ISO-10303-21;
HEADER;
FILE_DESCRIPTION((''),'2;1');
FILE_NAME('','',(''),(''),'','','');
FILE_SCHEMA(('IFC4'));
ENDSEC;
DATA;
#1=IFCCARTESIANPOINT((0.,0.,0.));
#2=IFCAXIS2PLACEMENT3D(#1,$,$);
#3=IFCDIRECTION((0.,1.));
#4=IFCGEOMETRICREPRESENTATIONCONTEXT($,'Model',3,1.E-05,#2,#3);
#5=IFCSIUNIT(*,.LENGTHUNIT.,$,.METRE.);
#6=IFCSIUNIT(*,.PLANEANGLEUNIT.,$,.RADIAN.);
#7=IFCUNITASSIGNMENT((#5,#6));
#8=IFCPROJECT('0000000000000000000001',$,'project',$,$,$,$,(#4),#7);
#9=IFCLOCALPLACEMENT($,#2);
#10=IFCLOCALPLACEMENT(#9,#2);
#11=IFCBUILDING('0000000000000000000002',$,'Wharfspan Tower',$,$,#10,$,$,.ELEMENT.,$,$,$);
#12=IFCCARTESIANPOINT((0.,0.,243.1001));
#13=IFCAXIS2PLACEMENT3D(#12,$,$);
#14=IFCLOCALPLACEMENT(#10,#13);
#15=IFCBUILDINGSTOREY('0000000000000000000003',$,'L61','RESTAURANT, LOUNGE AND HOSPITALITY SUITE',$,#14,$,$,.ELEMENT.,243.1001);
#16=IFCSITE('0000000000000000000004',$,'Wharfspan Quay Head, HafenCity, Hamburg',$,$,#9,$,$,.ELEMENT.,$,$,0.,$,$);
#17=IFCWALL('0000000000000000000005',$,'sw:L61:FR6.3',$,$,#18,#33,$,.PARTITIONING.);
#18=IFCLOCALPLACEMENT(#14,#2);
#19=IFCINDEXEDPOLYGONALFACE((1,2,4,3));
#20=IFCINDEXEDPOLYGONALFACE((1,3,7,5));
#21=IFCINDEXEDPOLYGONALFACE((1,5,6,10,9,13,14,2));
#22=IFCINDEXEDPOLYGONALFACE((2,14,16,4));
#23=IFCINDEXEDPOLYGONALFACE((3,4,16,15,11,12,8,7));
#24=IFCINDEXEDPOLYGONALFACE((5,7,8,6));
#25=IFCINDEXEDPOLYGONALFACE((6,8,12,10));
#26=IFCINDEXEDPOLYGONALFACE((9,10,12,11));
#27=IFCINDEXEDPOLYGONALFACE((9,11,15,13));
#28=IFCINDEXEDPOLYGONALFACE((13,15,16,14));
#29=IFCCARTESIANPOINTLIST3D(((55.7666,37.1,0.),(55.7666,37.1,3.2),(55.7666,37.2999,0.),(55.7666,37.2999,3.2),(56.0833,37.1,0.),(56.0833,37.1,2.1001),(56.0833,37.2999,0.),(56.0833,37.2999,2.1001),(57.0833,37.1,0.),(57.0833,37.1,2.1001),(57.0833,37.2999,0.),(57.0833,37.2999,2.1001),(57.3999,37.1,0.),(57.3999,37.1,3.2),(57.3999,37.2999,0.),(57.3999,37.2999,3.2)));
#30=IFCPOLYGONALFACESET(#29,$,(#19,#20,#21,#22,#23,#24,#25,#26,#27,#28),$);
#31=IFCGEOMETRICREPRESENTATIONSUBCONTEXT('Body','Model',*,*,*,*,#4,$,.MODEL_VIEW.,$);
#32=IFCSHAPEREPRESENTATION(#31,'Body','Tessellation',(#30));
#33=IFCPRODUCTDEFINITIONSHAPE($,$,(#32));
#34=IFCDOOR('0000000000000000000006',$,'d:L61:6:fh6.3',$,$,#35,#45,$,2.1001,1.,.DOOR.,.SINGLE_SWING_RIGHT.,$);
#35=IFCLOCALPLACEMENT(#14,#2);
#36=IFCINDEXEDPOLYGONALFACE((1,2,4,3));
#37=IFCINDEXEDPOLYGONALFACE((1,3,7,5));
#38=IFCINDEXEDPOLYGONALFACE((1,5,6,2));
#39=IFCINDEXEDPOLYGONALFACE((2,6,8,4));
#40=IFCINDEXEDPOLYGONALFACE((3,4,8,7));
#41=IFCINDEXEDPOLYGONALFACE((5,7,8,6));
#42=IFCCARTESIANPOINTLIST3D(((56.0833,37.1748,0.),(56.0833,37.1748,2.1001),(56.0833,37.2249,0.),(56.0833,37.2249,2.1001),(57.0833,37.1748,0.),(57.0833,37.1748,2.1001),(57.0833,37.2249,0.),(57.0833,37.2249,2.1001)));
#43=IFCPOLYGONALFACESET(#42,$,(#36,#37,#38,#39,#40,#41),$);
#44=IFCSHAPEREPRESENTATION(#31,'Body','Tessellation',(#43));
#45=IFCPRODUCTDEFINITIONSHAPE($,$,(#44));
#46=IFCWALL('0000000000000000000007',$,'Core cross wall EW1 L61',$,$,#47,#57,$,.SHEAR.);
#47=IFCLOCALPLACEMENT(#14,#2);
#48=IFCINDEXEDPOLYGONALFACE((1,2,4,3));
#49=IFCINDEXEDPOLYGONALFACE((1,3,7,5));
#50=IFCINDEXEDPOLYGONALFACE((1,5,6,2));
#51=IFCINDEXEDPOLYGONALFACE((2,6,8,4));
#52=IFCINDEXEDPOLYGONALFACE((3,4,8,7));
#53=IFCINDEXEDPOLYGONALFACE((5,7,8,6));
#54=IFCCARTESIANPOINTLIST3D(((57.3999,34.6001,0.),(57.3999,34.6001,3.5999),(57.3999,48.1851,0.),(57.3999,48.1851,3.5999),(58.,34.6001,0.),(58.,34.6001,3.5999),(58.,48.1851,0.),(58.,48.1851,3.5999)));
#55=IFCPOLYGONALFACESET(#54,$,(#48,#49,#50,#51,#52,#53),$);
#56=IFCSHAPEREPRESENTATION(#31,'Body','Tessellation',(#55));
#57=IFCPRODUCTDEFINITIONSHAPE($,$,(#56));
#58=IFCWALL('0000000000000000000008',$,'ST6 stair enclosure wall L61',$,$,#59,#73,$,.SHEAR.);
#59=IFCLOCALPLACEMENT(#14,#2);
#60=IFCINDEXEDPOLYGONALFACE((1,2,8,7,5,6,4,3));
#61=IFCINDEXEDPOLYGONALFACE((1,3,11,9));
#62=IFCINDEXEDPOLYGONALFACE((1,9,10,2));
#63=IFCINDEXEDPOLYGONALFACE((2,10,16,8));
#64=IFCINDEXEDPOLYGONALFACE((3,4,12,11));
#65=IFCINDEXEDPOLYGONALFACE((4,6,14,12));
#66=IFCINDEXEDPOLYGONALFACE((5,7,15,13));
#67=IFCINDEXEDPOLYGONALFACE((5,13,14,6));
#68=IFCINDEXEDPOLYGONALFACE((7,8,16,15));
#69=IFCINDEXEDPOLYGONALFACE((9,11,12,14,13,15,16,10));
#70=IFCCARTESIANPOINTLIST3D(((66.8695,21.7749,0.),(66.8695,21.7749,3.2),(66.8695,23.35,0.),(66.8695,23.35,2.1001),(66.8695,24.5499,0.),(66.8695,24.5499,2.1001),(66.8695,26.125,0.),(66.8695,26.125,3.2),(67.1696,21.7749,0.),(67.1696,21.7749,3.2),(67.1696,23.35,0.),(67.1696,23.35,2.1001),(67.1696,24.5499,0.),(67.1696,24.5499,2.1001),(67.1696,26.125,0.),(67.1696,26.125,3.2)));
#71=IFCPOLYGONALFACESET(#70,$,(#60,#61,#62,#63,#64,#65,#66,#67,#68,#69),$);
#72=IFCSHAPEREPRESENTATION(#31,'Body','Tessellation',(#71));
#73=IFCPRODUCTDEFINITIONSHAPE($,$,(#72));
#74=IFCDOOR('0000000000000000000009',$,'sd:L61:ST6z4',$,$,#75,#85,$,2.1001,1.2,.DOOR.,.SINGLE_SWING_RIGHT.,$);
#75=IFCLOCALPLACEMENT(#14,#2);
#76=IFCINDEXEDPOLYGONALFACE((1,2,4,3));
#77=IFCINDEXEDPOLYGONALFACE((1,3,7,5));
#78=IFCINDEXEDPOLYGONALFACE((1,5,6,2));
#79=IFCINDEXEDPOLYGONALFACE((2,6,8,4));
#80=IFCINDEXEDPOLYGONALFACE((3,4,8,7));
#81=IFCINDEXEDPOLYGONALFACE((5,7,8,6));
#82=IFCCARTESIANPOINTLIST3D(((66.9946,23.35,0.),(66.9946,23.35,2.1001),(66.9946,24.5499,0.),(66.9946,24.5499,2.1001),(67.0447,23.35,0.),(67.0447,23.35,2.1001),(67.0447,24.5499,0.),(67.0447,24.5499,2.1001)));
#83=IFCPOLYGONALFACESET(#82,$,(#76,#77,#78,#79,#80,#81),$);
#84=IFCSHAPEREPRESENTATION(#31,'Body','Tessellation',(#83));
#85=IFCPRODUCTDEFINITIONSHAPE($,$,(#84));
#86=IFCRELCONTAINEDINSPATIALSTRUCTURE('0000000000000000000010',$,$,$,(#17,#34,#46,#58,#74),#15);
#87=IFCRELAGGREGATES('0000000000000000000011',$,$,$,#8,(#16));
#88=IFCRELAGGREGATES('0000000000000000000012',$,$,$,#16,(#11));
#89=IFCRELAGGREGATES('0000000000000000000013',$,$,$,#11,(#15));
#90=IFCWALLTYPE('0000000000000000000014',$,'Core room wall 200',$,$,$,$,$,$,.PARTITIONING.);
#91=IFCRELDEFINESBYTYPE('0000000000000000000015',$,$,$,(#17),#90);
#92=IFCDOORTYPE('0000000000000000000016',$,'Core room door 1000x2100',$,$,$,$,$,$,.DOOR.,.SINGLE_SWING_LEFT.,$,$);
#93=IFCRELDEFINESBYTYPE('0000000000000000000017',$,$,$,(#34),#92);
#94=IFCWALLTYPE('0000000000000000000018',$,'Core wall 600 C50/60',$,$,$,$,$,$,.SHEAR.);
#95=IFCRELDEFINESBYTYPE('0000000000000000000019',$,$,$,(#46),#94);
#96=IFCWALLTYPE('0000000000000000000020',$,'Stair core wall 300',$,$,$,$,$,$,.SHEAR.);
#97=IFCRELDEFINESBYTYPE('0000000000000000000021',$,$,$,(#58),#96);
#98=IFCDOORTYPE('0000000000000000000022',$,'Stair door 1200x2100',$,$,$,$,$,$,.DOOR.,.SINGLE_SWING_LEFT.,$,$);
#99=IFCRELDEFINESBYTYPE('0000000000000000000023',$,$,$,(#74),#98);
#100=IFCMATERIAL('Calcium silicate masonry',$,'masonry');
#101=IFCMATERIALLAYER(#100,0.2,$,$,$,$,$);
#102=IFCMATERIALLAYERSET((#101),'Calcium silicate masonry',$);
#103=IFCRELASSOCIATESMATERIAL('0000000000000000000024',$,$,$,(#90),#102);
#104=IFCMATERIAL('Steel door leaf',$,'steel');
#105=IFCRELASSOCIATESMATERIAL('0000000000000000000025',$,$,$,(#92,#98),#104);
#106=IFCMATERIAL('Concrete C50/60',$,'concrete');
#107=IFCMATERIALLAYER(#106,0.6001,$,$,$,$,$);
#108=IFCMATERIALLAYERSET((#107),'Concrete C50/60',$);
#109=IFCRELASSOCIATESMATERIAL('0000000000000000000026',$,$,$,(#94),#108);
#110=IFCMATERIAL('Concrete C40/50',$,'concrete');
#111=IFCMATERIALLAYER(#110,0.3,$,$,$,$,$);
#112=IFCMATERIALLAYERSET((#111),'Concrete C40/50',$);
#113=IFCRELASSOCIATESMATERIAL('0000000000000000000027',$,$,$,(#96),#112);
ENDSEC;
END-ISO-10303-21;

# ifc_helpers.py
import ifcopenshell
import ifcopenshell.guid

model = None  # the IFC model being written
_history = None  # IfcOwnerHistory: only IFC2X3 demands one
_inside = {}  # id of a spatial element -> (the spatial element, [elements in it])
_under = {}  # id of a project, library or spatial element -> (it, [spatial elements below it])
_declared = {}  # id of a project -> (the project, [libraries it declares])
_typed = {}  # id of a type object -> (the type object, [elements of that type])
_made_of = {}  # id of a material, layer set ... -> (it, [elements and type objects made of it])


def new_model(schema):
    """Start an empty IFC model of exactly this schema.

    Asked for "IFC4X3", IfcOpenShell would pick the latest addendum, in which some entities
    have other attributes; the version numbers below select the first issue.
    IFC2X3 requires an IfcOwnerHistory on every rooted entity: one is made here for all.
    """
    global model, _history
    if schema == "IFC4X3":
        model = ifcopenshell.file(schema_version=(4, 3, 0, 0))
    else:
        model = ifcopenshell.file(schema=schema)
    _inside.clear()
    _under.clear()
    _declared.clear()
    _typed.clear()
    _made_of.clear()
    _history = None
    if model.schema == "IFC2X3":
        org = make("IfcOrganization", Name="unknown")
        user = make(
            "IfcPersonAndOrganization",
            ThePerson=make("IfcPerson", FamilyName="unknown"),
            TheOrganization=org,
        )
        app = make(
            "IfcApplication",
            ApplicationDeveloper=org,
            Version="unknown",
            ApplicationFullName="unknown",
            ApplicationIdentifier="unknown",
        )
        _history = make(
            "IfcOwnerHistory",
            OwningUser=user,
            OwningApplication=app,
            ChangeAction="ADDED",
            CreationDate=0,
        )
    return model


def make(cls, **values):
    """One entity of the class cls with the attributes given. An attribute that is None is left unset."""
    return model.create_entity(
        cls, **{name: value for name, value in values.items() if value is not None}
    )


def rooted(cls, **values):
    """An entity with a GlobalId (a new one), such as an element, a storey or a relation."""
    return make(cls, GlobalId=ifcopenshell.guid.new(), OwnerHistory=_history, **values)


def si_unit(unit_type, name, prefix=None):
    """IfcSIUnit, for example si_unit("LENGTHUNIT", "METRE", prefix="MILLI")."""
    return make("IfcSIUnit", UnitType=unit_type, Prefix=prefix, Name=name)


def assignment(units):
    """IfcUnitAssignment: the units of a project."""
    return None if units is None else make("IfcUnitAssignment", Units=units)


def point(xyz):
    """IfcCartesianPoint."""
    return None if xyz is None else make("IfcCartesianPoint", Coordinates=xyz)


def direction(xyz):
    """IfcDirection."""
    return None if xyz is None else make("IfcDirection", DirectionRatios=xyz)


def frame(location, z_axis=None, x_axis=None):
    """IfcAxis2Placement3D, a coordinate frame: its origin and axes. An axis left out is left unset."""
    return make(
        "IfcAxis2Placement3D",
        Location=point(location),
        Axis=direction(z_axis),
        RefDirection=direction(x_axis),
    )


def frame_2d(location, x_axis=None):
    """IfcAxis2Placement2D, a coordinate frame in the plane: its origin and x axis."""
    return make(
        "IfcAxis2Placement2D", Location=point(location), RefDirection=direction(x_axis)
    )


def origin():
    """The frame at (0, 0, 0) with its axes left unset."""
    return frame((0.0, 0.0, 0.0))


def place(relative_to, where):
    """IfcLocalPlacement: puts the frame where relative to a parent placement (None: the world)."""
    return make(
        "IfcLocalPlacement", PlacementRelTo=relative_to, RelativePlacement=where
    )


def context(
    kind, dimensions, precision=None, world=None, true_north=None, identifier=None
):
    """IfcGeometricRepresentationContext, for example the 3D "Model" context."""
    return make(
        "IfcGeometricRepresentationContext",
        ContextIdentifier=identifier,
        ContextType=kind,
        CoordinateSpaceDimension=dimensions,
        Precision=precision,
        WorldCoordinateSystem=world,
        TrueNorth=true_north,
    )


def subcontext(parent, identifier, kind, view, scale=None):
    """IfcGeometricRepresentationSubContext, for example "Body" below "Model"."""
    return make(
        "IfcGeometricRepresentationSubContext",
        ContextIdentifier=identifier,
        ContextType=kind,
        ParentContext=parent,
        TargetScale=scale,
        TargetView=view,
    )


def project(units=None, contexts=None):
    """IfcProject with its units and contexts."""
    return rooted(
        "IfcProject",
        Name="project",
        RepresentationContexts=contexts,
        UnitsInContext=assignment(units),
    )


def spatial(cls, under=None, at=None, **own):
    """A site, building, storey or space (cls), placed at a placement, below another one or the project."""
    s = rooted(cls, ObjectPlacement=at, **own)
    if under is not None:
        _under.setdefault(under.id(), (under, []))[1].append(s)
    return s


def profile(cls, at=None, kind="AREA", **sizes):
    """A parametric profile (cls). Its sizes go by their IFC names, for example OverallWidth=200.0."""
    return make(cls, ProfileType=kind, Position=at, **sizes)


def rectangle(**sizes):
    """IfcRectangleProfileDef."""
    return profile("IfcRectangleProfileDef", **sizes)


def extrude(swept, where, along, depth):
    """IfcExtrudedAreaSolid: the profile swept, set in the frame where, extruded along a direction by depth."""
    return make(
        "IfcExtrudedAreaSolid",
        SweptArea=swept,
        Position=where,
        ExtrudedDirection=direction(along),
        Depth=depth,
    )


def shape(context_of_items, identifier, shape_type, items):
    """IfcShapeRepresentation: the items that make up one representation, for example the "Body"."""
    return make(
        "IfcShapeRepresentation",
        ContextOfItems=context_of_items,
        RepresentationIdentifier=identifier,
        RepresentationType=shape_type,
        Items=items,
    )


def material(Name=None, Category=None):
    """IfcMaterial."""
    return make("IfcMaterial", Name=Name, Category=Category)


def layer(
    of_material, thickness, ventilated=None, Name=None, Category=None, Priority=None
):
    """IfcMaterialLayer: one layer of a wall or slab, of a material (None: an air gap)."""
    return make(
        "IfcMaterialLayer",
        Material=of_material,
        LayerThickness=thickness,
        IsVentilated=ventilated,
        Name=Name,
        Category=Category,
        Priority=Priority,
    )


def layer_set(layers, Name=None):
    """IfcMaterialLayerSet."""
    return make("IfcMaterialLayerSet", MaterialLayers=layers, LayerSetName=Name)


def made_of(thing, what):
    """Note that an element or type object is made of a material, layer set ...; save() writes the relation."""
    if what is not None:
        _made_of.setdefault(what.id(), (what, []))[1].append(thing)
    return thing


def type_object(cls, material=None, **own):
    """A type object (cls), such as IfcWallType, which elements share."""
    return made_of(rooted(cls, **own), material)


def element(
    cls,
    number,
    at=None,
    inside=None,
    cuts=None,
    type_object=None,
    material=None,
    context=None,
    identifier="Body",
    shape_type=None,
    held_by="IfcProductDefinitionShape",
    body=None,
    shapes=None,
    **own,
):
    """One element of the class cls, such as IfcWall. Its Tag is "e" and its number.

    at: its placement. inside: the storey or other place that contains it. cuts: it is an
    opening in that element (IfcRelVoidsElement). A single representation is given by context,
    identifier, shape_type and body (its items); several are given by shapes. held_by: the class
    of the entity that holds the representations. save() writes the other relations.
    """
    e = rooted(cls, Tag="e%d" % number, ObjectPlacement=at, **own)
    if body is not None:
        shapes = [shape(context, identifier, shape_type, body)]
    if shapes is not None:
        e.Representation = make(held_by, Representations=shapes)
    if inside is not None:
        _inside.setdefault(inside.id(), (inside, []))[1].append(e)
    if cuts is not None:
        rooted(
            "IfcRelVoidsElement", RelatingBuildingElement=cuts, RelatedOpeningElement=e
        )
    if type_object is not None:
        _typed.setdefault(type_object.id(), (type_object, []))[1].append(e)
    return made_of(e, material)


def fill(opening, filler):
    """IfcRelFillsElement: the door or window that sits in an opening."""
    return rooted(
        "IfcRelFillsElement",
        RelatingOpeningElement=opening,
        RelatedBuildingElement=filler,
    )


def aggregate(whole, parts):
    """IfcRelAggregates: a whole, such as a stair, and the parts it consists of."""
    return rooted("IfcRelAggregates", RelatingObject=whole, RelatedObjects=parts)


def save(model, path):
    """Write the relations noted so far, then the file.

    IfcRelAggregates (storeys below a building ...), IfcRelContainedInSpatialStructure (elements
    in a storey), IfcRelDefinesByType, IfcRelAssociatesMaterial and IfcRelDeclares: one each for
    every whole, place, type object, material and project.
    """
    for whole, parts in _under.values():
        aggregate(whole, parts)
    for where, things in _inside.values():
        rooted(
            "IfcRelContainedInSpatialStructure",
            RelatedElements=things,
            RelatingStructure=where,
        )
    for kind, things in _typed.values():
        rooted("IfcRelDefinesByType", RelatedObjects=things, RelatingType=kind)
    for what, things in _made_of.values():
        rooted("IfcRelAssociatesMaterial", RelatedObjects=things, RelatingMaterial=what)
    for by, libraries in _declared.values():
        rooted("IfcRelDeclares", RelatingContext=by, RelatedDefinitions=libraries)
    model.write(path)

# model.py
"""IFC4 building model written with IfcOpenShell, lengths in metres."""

from ifc_helpers import new_model, si_unit, direction, frame, frame_2d, origin, place, context, subcontext, project, spatial, rectangle, extrude, material, layer, layer_set, type_object, element, fill, save


model = new_model("IFC4")

# Units and contexts
model_context = context("Model", 3, precision=1e-05, world=origin(), true_north=direction((0.0, 1.0)))
body_context = subcontext(model_context, "Body", "Model", "MODEL_VIEW")
ifc_project = project(units=[si_unit("LENGTHUNIT", "METRE"), si_unit("PLANEANGLEUNIT", "RADIAN")], contexts=[model_context])

# Site, building, storey
site_placement = place(None, origin())
site = spatial("IfcSite", under=ifc_project, at=site_placement, Name="Wharfspan Quay Head, HafenCity, Hamburg", CompositionType="ELEMENT", RefElevation=0.0)
building_placement = place(site_placement, origin())
building = spatial("IfcBuilding", under=site, at=building_placement, Name="Wharfspan Tower", CompositionType="ELEMENT")
storey_placement = place(building_placement, frame((0.0, 0.0, 243.1001)))
storey = spatial("IfcBuildingStorey", under=building, at=storey_placement, Name="L61", Description="RESTAURANT, LOUNGE AND HOSPITALITY SUITE", CompositionType="ELEMENT", Elevation=243.1001)

# Wall, opening, door
ifc_material_1 = material(Name="Calcium silicate masonry", Category="masonry")
ifc_layer_1 = layer(ifc_material_1, 0.2)
ifc_layer_set_1 = layer_set([ifc_layer_1], Name="Calcium silicate masonry")
wall_type_1 = type_object("IfcWallType", Name="Core room wall 200", PredefinedType="PARTITIONING", material=ifc_layer_set_1)
wall_1_placement = place(storey_placement, frame((55.7666, 37.2, 0.0), z_axis=(0.0, 0.0, 1.0), x_axis=(1.0, 0.0, 0.0)))
wall_1 = element("IfcWall", 1, at=wall_1_placement, inside=storey, type_object=wall_type_1, Name="sw:L61:FR6.3", PredefinedType="PARTITIONING", context=body_context, shape_type="SweptSolid", body=[
    extrude(rectangle(XDim=1.6333, YDim=0.2, at=frame_2d((0.8166, 0.0))), origin(), (0.0, 0.0, 1.0), 3.2),
])
opening_1_placement = place(wall_1_placement, frame((0.3166, 0.0, 0.0)))
opening_1 = element("IfcOpeningElement", 2, at=opening_1_placement, cuts=wall_1, PredefinedType="OPENING", context=body_context, shape_type="SweptSolid", body=[
    extrude(rectangle(XDim=1.0, YDim=2.1001, at=frame_2d((0.5, 1.05))), frame((0.0, 0.1099, 0.0), z_axis=(0.0, -1.0, 0.0), x_axis=(1.0, 0.0, 0.0)), (0.0, 0.0, 1.0), 0.22),
])
ifc_material_2 = material(Name="Steel door leaf", Category="steel")
door_type_1 = type_object("IfcDoorType", Name="Core room door 1000x2100", OperationType="SINGLE_SWING_LEFT", PredefinedType="DOOR", material=ifc_material_2)
door_1_placement = place(opening_1_placement, origin())
door_1 = element("IfcDoor", 3, at=door_1_placement, inside=storey, type_object=door_type_1, Name="d:L61:6:fh6.3", OperationType="SINGLE_SWING_RIGHT", OverallHeight=2.1001, OverallWidth=1.0, PredefinedType="DOOR", context=body_context, shape_type="SweptSolid", body=[
    extrude(rectangle(XDim=1.0, YDim=2.1001, at=frame_2d((0.5, 1.05))), frame((0.0, 0.0249, 0.0), z_axis=(0.0, -1.0, 0.0), x_axis=(1.0, 0.0, 0.0)), (0.0, 0.0, 1.0), 0.05),
])
fill(opening_1, door_1)

# Wall
ifc_material_3 = material(Name="Concrete C50/60", Category="concrete")
ifc_layer_2 = layer(ifc_material_3, 0.6001)
ifc_layer_set_2 = layer_set([ifc_layer_2], Name="Concrete C50/60")
wall_type_2 = type_object("IfcWallType", Name="Core wall 600 C50/60", PredefinedType="SHEAR", material=ifc_layer_set_2)
wall_2_placement = place(storey_placement, frame((57.7, 34.6001, 0.0), z_axis=(0.0, 0.0, 1.0), x_axis=(0.0, 1.0, 0.0)))
element("IfcWall", 4, at=wall_2_placement, inside=storey, type_object=wall_type_2, Name="Core cross wall EW1 L61", PredefinedType="SHEAR", context=body_context, shape_type="SweptSolid", body=[
    extrude(rectangle(XDim=13.585, YDim=0.6001, at=frame_2d((6.7925, 0.0))), origin(), (0.0, 0.0, 1.0), 3.5999),
])

# Wall, opening, door
ifc_material_4 = material(Name="Concrete C40/50", Category="concrete")
ifc_layer_3 = layer(ifc_material_4, 0.3)
ifc_layer_set_3 = layer_set([ifc_layer_3], Name="Concrete C40/50")
wall_type_3 = type_object("IfcWallType", Name="Stair core wall 300", PredefinedType="SHEAR", material=ifc_layer_set_3)
wall_3_placement = place(storey_placement, frame((67.0195, 21.7749, 0.0), z_axis=(0.0, 0.0, 1.0), x_axis=(0.0, 1.0, 0.0)))
wall_3 = element("IfcWall", 5, at=wall_3_placement, inside=storey, type_object=wall_type_3, Name="ST6 stair enclosure wall L61", PredefinedType="SHEAR", context=body_context, shape_type="SweptSolid", body=[
    extrude(rectangle(XDim=4.3501, YDim=0.3, at=frame_2d((2.175, 0.0))), origin(), (0.0, 0.0, 1.0), 3.2),
])
opening_2_placement = place(wall_3_placement, frame((1.575, 0.0, 0.0)))
opening_2 = element("IfcOpeningElement", 6, at=opening_2_placement, cuts=wall_3, PredefinedType="OPENING", context=body_context, shape_type="SweptSolid", body=[
    extrude(rectangle(XDim=1.2, YDim=2.1001, at=frame_2d((0.6001, 1.05))), frame((0.0, 0.1599, 0.0), z_axis=(0.0, -1.0, 0.0), x_axis=(1.0, 0.0, 0.0)), (0.0, 0.0, 1.0), 0.3201),
])
door_type_2 = type_object("IfcDoorType", Name="Stair door 1200x2100", OperationType="SINGLE_SWING_LEFT", PredefinedType="DOOR", material=ifc_material_2)
door_2_placement = place(opening_2_placement, origin())
door_2 = element("IfcDoor", 7, at=door_2_placement, inside=storey, type_object=door_type_2, Name="sd:L61:ST6z4", OperationType="SINGLE_SWING_RIGHT", OverallHeight=2.1001, OverallWidth=1.2, PredefinedType="DOOR", context=body_context, shape_type="SweptSolid", body=[
    extrude(rectangle(XDim=1.2, YDim=2.1001, at=frame_2d((0.6001, 1.05))), frame((0.0, 0.0249, 0.0), z_axis=(0.0, -1.0, 0.0), x_axis=(1.0, 0.0, 0.0)), (0.0, 0.0, 1.0), 0.05),
])
fill(opening_2, door_2)

save(model, "model.ifc")
